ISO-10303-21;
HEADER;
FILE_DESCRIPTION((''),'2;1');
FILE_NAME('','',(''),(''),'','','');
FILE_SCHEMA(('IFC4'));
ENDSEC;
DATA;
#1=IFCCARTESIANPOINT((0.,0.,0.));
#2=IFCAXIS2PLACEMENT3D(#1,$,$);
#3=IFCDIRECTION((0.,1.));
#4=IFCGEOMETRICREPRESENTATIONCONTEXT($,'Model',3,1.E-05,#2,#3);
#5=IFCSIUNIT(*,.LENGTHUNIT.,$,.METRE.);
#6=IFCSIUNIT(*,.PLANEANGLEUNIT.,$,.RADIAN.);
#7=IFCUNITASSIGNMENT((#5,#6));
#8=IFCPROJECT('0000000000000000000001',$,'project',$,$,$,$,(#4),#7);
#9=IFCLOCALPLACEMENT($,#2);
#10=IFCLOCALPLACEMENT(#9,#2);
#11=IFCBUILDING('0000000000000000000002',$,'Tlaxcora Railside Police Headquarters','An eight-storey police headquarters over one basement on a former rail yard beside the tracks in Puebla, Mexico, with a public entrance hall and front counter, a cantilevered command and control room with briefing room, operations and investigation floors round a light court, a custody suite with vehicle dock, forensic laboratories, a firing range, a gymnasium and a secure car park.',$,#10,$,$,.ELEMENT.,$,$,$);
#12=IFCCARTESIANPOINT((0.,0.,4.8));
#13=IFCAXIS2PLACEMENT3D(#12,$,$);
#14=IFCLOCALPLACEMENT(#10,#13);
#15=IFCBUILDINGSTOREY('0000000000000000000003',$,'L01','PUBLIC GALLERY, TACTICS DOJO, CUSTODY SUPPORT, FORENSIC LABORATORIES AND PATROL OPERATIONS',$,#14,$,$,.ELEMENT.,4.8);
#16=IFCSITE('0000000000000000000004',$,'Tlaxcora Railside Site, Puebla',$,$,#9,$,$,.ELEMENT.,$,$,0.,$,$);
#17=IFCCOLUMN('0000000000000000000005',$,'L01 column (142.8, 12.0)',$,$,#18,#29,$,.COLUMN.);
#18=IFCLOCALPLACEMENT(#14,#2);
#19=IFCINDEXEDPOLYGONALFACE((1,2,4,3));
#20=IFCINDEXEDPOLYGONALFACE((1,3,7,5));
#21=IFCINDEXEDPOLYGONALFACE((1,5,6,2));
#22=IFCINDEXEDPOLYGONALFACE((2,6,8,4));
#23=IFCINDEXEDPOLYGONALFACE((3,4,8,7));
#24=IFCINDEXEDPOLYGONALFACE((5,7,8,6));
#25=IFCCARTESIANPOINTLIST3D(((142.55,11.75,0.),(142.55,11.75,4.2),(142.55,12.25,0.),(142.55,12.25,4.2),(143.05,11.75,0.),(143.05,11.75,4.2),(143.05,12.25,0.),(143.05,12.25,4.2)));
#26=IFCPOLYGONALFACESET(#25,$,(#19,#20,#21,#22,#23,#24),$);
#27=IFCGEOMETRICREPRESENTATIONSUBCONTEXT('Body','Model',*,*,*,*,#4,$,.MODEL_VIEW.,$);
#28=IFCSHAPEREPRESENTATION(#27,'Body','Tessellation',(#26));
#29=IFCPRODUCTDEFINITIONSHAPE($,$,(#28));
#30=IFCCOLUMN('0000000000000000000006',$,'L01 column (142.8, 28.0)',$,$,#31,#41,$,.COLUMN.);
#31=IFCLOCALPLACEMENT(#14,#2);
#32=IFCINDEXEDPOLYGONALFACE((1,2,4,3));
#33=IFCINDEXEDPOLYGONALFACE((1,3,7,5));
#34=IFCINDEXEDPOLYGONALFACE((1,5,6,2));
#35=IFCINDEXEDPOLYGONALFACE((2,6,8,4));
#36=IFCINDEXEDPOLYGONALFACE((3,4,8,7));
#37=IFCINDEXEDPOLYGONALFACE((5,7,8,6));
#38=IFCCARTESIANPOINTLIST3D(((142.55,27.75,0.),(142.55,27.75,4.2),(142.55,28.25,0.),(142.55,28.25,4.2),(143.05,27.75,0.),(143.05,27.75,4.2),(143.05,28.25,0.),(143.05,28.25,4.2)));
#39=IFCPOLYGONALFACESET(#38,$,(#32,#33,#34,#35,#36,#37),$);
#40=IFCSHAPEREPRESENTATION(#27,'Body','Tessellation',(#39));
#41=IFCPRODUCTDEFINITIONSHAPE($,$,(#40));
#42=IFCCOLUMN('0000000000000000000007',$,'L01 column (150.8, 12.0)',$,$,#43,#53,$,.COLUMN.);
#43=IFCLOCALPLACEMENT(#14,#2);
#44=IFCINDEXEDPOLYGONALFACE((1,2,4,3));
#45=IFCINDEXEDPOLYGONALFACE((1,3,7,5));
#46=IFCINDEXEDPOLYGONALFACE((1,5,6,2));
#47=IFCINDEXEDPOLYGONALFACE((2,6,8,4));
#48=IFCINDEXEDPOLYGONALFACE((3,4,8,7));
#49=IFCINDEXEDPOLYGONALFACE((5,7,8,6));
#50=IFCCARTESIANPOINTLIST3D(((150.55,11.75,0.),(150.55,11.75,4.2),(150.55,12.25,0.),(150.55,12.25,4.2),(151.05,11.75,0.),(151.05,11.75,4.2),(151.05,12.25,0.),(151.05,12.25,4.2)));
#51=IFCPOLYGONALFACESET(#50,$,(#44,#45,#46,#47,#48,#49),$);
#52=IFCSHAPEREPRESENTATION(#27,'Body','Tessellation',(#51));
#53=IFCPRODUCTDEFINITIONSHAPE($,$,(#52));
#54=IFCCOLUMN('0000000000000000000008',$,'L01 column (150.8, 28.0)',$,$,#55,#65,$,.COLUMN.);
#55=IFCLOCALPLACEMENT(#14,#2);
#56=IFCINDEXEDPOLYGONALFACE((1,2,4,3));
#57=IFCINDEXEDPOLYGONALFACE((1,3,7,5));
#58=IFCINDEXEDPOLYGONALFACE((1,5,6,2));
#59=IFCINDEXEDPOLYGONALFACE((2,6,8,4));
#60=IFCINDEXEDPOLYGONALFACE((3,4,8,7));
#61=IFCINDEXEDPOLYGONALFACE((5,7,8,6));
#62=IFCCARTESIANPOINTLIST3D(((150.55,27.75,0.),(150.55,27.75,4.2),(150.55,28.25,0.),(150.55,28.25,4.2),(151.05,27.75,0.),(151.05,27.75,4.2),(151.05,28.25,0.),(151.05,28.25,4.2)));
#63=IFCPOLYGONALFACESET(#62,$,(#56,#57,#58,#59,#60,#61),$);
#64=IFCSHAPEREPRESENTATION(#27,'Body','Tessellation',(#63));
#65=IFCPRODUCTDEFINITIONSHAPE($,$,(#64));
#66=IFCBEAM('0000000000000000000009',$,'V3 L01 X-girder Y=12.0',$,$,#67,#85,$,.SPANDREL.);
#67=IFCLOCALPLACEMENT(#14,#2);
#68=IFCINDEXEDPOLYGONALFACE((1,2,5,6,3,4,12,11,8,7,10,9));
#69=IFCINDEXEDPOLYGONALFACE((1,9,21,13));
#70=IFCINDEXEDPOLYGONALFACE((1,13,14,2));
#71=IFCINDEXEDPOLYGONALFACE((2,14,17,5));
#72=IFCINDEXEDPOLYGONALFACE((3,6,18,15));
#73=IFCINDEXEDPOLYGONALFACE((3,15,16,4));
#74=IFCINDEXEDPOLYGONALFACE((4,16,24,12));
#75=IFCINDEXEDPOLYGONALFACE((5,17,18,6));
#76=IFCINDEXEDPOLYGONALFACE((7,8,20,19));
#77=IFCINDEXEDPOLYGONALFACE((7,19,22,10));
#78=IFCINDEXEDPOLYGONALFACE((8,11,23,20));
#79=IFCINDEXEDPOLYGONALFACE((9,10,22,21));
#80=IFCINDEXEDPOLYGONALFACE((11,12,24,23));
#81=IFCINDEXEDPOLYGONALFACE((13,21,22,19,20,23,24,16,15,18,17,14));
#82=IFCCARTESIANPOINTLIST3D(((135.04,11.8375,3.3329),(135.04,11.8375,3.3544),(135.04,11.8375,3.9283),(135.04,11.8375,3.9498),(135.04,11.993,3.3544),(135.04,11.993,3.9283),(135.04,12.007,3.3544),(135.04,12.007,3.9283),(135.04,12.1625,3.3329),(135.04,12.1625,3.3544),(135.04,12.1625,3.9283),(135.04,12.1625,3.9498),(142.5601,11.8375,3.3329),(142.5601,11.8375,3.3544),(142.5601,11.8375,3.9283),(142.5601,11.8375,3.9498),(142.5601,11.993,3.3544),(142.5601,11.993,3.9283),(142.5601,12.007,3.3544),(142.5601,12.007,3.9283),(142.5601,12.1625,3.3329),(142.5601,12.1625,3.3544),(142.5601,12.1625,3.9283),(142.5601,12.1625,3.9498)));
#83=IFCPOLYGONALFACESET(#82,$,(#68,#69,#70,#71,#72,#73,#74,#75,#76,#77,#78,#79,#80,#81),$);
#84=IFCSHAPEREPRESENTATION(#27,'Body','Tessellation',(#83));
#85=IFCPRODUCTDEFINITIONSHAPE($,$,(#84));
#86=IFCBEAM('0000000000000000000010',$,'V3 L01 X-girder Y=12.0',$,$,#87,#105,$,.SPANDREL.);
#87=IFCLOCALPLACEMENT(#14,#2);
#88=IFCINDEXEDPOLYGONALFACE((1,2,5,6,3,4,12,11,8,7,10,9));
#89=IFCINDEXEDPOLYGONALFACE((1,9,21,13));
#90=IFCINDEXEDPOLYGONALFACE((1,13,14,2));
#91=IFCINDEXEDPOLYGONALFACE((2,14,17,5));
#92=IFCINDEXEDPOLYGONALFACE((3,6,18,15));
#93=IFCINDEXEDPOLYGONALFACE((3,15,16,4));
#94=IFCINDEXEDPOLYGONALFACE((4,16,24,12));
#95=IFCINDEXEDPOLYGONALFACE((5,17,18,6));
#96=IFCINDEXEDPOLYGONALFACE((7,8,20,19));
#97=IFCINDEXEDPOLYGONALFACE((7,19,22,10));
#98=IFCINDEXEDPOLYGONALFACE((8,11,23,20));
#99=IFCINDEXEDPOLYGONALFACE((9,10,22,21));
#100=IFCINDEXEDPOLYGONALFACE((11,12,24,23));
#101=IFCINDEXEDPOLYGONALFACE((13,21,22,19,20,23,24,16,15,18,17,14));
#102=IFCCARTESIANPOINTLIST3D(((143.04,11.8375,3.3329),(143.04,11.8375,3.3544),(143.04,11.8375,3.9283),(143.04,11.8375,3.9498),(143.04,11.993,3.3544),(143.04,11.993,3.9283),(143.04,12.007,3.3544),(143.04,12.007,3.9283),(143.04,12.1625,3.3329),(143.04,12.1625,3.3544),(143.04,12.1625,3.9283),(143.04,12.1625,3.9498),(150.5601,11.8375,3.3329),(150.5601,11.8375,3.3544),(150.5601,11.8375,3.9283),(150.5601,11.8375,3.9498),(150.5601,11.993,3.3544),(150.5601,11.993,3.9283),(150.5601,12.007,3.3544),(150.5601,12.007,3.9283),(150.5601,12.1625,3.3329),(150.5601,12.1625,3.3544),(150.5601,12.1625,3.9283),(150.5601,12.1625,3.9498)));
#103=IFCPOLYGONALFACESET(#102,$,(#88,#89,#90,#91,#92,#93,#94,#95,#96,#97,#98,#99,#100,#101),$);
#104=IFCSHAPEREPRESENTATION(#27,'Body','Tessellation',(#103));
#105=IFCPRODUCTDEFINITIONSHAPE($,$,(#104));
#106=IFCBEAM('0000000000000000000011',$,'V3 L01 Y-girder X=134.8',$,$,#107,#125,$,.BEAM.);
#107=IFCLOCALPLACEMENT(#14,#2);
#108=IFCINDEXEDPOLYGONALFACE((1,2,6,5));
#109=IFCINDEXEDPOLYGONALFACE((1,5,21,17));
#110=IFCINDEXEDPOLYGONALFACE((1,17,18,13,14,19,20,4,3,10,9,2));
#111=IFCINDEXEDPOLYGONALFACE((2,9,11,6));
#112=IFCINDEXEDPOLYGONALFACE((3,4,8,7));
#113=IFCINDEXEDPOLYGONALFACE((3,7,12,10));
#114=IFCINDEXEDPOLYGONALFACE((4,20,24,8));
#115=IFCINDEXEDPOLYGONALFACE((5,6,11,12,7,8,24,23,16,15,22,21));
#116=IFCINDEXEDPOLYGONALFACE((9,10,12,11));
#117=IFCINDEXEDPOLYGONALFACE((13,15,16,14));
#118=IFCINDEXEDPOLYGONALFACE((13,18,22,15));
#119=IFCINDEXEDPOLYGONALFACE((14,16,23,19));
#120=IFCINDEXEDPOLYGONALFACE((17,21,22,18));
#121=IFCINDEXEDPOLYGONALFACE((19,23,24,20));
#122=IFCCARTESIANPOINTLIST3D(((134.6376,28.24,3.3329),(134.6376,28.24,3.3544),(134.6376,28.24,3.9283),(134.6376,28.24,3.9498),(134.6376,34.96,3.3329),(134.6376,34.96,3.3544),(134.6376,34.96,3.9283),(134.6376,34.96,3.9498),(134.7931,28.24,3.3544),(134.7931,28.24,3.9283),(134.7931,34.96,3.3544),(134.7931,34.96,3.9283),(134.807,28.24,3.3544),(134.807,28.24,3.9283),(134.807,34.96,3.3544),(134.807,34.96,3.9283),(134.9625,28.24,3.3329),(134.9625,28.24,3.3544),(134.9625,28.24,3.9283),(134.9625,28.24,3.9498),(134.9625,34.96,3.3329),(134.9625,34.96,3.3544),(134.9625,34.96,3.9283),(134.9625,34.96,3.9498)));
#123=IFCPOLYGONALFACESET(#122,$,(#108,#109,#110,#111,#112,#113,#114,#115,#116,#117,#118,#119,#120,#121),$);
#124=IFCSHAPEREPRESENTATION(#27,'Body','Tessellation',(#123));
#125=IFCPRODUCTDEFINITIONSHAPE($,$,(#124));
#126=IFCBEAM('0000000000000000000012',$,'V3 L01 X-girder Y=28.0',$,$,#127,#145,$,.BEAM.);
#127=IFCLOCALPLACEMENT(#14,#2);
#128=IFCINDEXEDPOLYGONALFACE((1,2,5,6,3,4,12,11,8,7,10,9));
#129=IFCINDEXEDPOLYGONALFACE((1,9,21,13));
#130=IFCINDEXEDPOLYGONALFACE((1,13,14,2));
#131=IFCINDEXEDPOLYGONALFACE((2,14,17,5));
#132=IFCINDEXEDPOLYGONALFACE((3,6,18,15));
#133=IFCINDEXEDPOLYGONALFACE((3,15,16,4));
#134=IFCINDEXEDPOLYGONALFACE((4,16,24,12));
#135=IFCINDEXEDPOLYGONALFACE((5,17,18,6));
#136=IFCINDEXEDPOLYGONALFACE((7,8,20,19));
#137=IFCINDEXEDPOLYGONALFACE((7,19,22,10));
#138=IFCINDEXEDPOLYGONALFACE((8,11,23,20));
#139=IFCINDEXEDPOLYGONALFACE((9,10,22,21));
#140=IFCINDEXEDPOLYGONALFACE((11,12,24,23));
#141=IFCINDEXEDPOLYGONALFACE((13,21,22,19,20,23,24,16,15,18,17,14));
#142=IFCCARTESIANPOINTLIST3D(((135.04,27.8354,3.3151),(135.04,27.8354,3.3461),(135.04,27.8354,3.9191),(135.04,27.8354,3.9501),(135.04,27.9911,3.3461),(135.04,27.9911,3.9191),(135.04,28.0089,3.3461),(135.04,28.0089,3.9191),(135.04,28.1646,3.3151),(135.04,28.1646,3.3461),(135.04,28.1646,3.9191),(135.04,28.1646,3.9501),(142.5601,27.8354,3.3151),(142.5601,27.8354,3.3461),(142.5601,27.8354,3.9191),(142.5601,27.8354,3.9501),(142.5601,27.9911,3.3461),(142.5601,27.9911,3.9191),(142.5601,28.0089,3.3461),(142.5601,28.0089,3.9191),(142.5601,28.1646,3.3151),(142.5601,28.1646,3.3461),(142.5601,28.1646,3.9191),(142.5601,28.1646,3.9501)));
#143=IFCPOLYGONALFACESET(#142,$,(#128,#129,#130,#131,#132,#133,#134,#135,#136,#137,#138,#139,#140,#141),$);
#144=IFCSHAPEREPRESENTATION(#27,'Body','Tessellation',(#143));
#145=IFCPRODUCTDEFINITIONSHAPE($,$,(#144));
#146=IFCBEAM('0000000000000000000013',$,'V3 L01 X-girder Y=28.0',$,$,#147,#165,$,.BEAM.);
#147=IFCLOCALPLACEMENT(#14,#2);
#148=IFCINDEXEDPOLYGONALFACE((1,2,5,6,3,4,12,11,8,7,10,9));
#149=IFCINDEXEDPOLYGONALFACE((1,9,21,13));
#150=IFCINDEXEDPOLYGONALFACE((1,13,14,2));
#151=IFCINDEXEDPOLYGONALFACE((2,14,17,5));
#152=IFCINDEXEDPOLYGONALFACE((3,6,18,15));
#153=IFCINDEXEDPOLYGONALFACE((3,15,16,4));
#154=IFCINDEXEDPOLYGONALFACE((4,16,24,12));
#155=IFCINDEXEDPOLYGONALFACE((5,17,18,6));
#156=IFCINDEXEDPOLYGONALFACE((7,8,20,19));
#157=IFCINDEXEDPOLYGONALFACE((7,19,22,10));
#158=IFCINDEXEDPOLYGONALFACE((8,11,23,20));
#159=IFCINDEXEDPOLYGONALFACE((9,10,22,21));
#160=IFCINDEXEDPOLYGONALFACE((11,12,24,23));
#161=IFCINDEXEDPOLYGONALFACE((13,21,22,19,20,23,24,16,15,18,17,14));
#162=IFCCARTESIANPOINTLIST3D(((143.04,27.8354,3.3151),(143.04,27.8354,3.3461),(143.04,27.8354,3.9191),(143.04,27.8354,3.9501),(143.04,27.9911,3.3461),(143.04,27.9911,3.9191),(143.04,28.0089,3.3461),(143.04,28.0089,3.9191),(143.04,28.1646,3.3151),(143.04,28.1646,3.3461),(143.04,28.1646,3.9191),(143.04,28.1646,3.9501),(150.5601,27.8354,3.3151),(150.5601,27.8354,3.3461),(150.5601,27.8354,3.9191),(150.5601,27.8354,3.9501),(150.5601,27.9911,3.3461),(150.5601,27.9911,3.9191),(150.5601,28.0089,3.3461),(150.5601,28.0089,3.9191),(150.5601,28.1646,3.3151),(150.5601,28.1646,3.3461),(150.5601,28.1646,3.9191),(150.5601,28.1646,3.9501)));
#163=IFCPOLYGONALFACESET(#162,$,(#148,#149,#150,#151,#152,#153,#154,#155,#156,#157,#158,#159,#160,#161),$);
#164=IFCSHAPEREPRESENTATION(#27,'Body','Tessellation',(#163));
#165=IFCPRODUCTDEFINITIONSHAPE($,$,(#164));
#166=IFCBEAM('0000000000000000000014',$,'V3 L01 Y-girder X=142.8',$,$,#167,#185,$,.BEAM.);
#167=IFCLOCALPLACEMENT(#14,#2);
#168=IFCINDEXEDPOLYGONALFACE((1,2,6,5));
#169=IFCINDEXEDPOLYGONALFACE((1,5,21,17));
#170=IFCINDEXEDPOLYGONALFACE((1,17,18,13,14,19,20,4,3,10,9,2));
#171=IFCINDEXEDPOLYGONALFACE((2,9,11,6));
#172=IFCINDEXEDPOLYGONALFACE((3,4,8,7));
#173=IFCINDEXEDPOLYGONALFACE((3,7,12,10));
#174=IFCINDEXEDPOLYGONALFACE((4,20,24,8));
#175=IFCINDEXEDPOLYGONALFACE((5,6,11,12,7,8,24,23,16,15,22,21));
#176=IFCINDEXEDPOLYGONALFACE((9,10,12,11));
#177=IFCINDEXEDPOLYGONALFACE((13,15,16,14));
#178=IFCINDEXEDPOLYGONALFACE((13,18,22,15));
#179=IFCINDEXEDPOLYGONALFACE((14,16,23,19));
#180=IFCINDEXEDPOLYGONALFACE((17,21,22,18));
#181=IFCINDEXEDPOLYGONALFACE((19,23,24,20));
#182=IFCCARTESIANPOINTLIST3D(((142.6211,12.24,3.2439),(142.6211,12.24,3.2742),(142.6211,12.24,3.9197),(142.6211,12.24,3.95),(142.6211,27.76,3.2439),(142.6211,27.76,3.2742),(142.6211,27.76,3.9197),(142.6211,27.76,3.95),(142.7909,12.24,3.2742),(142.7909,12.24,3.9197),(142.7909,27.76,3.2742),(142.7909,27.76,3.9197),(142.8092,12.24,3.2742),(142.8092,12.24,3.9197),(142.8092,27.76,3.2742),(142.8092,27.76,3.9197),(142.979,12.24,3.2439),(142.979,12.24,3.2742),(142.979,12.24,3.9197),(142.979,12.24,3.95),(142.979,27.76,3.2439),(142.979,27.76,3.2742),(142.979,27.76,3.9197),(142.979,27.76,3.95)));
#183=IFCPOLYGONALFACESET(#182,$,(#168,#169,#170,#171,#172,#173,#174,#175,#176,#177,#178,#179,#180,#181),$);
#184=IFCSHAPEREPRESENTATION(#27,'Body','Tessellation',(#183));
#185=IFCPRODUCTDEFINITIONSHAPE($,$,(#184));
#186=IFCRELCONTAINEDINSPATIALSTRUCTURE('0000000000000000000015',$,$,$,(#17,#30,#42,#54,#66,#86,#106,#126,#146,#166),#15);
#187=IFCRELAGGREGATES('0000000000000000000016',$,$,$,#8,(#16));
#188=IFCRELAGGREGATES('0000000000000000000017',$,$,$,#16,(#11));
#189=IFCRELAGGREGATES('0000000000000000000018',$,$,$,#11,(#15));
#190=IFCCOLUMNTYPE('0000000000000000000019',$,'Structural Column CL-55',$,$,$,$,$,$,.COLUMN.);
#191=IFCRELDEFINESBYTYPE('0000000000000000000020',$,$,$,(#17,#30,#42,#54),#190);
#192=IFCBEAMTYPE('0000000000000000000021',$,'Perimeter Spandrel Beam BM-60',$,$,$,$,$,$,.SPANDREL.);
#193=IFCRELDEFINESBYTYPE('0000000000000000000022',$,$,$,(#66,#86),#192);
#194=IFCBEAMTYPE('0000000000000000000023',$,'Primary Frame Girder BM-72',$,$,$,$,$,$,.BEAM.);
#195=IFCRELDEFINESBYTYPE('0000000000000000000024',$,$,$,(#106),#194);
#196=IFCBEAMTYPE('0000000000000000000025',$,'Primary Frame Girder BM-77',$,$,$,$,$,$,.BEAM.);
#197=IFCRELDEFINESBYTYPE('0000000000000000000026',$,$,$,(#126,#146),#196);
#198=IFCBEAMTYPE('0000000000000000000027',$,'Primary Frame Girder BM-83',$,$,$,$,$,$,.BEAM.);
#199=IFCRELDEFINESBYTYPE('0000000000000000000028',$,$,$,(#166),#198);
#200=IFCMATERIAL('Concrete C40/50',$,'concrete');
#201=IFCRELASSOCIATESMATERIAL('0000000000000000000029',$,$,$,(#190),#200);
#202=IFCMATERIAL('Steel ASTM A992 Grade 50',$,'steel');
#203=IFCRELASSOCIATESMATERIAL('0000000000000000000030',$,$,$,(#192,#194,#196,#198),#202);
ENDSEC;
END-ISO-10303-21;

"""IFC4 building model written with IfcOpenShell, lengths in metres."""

from ifc_helpers import new_model, si_unit, direction, frame, origin, origin_2d, place, context, subcontext, project, spatial, rectangle, i_section, extrude, material, material_profile, profile_set, type_object, element, save


model = new_model("IFC4")

# Units and contexts
model_context = context("Model", 3, precision=1e-05, world=origin(), true_north=direction((0.0, 1.0)))
body_context = subcontext(model_context, "Body", "Model", "MODEL_VIEW")
ifc_project = project(units=[si_unit("LENGTHUNIT", "METRE"), si_unit("PLANEANGLEUNIT", "RADIAN")], contexts=[model_context])

# Site, building, storey
site_placement = place(None, origin())
site = spatial("IfcSite", under=ifc_project, at=site_placement, Name="Tlaxcora Railside Site, Puebla", CompositionType="ELEMENT", RefElevation=0.0)
building_placement = place(site_placement, origin())
building = spatial("IfcBuilding", under=site, at=building_placement, Name="Tlaxcora Railside Police Headquarters", Description="An eight-storey police headquarters over one basement on a former rail yard beside the tracks in Puebla, Mexico, with a public entrance hall and front counter, a cantilevered command and control room with briefing room, operations and investigation floors round a light court, a custody suite with vehicle dock, forensic laboratories, a firing range, a gymnasium and a secure car park.", CompositionType="ELEMENT")
storey_placement = place(building_placement, frame((0.0, 0.0, 4.8)))
storey = spatial("IfcBuildingStorey", under=building, at=storey_placement, Name="L01", Description="PUBLIC GALLERY, TACTICS DOJO, CUSTODY SUPPORT, FORENSIC LABORATORIES AND PATROL OPERATIONS", CompositionType="ELEMENT", Elevation=4.8)

# Columns
ifc_material_1 = material(Name="Concrete C40/50", Category="concrete")
ifc_material_profile_1 = material_profile(ifc_material_1, rectangle(XDim=0.5, YDim=0.5, at=origin_2d()), Name="RC500X500")
ifc_profile_set_1 = profile_set([ifc_material_profile_1], Name="Concrete C40/50")
column_type = type_object("IfcColumnType", Name="Structural Column CL-55", PredefinedType="COLUMN", material=ifc_profile_set_1)
for number, where, z_axis, x_axis, name in (
    (1, (142.8, 12.0, 0.0), (0.0, 0.0, 1.0), (1.0, 0.0, 0.0), "L01 column (142.8, 12.0)"),
    (2, (142.8, 28.0, 0.0), (0.0, 0.0, 1.0), (1.0, 0.0, 0.0), "L01 column (142.8, 28.0)"),
    (3, (150.8, 12.0, 0.0), (0.0, 0.0, 1.0), (1.0, 0.0, 0.0), "L01 column (150.8, 12.0)"),
    (4, (150.8, 28.0, 0.0), (0.0, 0.0, 1.0), (1.0, 0.0, 0.0), "L01 column (150.8, 28.0)"),
):
    element("IfcColumn", number, at=place(storey_placement, frame(where, z_axis=z_axis, x_axis=x_axis)), inside=storey, type_object=column_type, Name=name, PredefinedType="COLUMN", context=body_context, shape_type="SweptSolid", body=[
        extrude(rectangle(XDim=0.5, YDim=0.5, at=origin_2d()), origin(), (0.0, 0.0, 1.0), 4.2),
    ])

# Beams
ifc_material_2 = material(Name="Steel ASTM A992 Grade 50", Category="steel")
ifc_material_profile_2 = material_profile(ifc_material_2, i_section(OverallWidth=0.325, OverallDepth=0.6169, WebThickness=0.0139, FlangeThickness=0.0215, at=origin_2d()), Name="W24X117")
ifc_profile_set_2 = profile_set([ifc_material_profile_2], Name="Steel ASTM A992 Grade 50")
beam_type_1 = type_object("IfcBeamType", Name="Perimeter Spandrel Beam BM-60", PredefinedType="SPANDREL", material=ifc_profile_set_2)
for number, where, z_axis, x_axis, name in (
    (5, (135.04, 12.0, 3.6414), (1.0, 0.0, 0.0), (0.0, 1.0, 0.0), "V3 L01 X-girder Y=12.0"),
    (6, (143.04, 12.0, 3.6414), (1.0, 0.0, 0.0), (0.0, 1.0, 0.0), "V3 L01 X-girder Y=12.0"),
):
    element("IfcBeam", number, at=place(storey_placement, frame(where, z_axis=z_axis, x_axis=x_axis)), inside=storey, type_object=beam_type_1, Name=name, PredefinedType="SPANDREL", context=body_context, shape_type="SweptSolid", body=[
        extrude(i_section(OverallWidth=0.325, OverallDepth=0.6169, WebThickness=0.0139, FlangeThickness=0.0215, at=origin_2d()), origin(), (0.0, 0.0, 1.0), 7.52),
    ])
ifc_material_profile_3 = material_profile(ifc_material_2, i_section(OverallWidth=0.325, OverallDepth=0.6169, WebThickness=0.0139, FlangeThickness=0.0215, at=origin_2d()), Name="W24X117")
ifc_profile_set_3 = profile_set([ifc_material_profile_3], Name="Steel ASTM A992 Grade 50")
beam_type_2 = type_object("IfcBeamType", Name="Primary Frame Girder BM-72", PredefinedType="BEAM", material=ifc_profile_set_3)
beam_1_placement = place(storey_placement, frame((134.8, 28.24, 3.6414), z_axis=(0.0, 1.0, 0.0), x_axis=(-1.0, 0.0, 0.0)))
element("IfcBeam", 7, at=beam_1_placement, inside=storey, type_object=beam_type_2, Name="V3 L01 Y-girder X=134.8", PredefinedType="BEAM", context=body_context, shape_type="SweptSolid", body=[
    extrude(i_section(OverallWidth=0.325, OverallDepth=0.6169, WebThickness=0.0139, FlangeThickness=0.0215, at=origin_2d()), origin(), (0.0, 0.0, 1.0), 6.72),
])
ifc_material_profile_4 = material_profile(ifc_material_2, i_section(OverallWidth=0.3291, OverallDepth=0.635, WebThickness=0.0178, FlangeThickness=0.031, at=origin_2d()), Name="W24X162")
ifc_profile_set_4 = profile_set([ifc_material_profile_4], Name="Steel ASTM A992 Grade 50")
beam_type_3 = type_object("IfcBeamType", Name="Primary Frame Girder BM-77", PredefinedType="BEAM", material=ifc_profile_set_4)
for number, where, z_axis, x_axis, name in (
    (8, (135.04, 28.0, 3.6326), (1.0, 0.0, 0.0), (0.0, 1.0, 0.0), "V3 L01 X-girder Y=28.0"),
    (9, (143.04, 28.0, 3.6326), (1.0, 0.0, 0.0), (0.0, 1.0, 0.0), "V3 L01 X-girder Y=28.0"),
):
    element("IfcBeam", number, at=place(storey_placement, frame(where, z_axis=z_axis, x_axis=x_axis)), inside=storey, type_object=beam_type_3, Name=name, PredefinedType="BEAM", context=body_context, shape_type="SweptSolid", body=[
        extrude(i_section(OverallWidth=0.3291, OverallDepth=0.635, WebThickness=0.0178, FlangeThickness=0.031, at=origin_2d()), origin(), (0.0, 0.0, 1.0), 7.52),
    ])
ifc_material_profile_5 = material_profile(ifc_material_2, i_section(OverallWidth=0.3579, OverallDepth=0.7061, WebThickness=0.0183, FlangeThickness=0.0303, at=origin_2d()), Name="W27X178")
ifc_profile_set_5 = profile_set([ifc_material_profile_5], Name="Steel ASTM A992 Grade 50")
beam_type_4 = type_object("IfcBeamType", Name="Primary Frame Girder BM-83", PredefinedType="BEAM", material=ifc_profile_set_5)
for number, where, z_axis, x_axis, name in (
    (10, (142.8, 12.24, 3.5969), (0.0, 1.0, 0.0), (-1.0, 0.0, 0.0), "V3 L01 Y-girder X=142.8"),
):
    element("IfcBeam", number, at=place(storey_placement, frame(where, z_axis=z_axis, x_axis=x_axis)), inside=storey, type_object=beam_type_4, Name=name, PredefinedType="BEAM", context=body_context, shape_type="SweptSolid", body=[
        extrude(i_section(OverallWidth=0.3579, OverallDepth=0.7061, WebThickness=0.0183, FlangeThickness=0.0303, at=origin_2d()), origin(), (0.0, 0.0, 1.0), 15.52),
    ])

save(model, "model.ifc")
